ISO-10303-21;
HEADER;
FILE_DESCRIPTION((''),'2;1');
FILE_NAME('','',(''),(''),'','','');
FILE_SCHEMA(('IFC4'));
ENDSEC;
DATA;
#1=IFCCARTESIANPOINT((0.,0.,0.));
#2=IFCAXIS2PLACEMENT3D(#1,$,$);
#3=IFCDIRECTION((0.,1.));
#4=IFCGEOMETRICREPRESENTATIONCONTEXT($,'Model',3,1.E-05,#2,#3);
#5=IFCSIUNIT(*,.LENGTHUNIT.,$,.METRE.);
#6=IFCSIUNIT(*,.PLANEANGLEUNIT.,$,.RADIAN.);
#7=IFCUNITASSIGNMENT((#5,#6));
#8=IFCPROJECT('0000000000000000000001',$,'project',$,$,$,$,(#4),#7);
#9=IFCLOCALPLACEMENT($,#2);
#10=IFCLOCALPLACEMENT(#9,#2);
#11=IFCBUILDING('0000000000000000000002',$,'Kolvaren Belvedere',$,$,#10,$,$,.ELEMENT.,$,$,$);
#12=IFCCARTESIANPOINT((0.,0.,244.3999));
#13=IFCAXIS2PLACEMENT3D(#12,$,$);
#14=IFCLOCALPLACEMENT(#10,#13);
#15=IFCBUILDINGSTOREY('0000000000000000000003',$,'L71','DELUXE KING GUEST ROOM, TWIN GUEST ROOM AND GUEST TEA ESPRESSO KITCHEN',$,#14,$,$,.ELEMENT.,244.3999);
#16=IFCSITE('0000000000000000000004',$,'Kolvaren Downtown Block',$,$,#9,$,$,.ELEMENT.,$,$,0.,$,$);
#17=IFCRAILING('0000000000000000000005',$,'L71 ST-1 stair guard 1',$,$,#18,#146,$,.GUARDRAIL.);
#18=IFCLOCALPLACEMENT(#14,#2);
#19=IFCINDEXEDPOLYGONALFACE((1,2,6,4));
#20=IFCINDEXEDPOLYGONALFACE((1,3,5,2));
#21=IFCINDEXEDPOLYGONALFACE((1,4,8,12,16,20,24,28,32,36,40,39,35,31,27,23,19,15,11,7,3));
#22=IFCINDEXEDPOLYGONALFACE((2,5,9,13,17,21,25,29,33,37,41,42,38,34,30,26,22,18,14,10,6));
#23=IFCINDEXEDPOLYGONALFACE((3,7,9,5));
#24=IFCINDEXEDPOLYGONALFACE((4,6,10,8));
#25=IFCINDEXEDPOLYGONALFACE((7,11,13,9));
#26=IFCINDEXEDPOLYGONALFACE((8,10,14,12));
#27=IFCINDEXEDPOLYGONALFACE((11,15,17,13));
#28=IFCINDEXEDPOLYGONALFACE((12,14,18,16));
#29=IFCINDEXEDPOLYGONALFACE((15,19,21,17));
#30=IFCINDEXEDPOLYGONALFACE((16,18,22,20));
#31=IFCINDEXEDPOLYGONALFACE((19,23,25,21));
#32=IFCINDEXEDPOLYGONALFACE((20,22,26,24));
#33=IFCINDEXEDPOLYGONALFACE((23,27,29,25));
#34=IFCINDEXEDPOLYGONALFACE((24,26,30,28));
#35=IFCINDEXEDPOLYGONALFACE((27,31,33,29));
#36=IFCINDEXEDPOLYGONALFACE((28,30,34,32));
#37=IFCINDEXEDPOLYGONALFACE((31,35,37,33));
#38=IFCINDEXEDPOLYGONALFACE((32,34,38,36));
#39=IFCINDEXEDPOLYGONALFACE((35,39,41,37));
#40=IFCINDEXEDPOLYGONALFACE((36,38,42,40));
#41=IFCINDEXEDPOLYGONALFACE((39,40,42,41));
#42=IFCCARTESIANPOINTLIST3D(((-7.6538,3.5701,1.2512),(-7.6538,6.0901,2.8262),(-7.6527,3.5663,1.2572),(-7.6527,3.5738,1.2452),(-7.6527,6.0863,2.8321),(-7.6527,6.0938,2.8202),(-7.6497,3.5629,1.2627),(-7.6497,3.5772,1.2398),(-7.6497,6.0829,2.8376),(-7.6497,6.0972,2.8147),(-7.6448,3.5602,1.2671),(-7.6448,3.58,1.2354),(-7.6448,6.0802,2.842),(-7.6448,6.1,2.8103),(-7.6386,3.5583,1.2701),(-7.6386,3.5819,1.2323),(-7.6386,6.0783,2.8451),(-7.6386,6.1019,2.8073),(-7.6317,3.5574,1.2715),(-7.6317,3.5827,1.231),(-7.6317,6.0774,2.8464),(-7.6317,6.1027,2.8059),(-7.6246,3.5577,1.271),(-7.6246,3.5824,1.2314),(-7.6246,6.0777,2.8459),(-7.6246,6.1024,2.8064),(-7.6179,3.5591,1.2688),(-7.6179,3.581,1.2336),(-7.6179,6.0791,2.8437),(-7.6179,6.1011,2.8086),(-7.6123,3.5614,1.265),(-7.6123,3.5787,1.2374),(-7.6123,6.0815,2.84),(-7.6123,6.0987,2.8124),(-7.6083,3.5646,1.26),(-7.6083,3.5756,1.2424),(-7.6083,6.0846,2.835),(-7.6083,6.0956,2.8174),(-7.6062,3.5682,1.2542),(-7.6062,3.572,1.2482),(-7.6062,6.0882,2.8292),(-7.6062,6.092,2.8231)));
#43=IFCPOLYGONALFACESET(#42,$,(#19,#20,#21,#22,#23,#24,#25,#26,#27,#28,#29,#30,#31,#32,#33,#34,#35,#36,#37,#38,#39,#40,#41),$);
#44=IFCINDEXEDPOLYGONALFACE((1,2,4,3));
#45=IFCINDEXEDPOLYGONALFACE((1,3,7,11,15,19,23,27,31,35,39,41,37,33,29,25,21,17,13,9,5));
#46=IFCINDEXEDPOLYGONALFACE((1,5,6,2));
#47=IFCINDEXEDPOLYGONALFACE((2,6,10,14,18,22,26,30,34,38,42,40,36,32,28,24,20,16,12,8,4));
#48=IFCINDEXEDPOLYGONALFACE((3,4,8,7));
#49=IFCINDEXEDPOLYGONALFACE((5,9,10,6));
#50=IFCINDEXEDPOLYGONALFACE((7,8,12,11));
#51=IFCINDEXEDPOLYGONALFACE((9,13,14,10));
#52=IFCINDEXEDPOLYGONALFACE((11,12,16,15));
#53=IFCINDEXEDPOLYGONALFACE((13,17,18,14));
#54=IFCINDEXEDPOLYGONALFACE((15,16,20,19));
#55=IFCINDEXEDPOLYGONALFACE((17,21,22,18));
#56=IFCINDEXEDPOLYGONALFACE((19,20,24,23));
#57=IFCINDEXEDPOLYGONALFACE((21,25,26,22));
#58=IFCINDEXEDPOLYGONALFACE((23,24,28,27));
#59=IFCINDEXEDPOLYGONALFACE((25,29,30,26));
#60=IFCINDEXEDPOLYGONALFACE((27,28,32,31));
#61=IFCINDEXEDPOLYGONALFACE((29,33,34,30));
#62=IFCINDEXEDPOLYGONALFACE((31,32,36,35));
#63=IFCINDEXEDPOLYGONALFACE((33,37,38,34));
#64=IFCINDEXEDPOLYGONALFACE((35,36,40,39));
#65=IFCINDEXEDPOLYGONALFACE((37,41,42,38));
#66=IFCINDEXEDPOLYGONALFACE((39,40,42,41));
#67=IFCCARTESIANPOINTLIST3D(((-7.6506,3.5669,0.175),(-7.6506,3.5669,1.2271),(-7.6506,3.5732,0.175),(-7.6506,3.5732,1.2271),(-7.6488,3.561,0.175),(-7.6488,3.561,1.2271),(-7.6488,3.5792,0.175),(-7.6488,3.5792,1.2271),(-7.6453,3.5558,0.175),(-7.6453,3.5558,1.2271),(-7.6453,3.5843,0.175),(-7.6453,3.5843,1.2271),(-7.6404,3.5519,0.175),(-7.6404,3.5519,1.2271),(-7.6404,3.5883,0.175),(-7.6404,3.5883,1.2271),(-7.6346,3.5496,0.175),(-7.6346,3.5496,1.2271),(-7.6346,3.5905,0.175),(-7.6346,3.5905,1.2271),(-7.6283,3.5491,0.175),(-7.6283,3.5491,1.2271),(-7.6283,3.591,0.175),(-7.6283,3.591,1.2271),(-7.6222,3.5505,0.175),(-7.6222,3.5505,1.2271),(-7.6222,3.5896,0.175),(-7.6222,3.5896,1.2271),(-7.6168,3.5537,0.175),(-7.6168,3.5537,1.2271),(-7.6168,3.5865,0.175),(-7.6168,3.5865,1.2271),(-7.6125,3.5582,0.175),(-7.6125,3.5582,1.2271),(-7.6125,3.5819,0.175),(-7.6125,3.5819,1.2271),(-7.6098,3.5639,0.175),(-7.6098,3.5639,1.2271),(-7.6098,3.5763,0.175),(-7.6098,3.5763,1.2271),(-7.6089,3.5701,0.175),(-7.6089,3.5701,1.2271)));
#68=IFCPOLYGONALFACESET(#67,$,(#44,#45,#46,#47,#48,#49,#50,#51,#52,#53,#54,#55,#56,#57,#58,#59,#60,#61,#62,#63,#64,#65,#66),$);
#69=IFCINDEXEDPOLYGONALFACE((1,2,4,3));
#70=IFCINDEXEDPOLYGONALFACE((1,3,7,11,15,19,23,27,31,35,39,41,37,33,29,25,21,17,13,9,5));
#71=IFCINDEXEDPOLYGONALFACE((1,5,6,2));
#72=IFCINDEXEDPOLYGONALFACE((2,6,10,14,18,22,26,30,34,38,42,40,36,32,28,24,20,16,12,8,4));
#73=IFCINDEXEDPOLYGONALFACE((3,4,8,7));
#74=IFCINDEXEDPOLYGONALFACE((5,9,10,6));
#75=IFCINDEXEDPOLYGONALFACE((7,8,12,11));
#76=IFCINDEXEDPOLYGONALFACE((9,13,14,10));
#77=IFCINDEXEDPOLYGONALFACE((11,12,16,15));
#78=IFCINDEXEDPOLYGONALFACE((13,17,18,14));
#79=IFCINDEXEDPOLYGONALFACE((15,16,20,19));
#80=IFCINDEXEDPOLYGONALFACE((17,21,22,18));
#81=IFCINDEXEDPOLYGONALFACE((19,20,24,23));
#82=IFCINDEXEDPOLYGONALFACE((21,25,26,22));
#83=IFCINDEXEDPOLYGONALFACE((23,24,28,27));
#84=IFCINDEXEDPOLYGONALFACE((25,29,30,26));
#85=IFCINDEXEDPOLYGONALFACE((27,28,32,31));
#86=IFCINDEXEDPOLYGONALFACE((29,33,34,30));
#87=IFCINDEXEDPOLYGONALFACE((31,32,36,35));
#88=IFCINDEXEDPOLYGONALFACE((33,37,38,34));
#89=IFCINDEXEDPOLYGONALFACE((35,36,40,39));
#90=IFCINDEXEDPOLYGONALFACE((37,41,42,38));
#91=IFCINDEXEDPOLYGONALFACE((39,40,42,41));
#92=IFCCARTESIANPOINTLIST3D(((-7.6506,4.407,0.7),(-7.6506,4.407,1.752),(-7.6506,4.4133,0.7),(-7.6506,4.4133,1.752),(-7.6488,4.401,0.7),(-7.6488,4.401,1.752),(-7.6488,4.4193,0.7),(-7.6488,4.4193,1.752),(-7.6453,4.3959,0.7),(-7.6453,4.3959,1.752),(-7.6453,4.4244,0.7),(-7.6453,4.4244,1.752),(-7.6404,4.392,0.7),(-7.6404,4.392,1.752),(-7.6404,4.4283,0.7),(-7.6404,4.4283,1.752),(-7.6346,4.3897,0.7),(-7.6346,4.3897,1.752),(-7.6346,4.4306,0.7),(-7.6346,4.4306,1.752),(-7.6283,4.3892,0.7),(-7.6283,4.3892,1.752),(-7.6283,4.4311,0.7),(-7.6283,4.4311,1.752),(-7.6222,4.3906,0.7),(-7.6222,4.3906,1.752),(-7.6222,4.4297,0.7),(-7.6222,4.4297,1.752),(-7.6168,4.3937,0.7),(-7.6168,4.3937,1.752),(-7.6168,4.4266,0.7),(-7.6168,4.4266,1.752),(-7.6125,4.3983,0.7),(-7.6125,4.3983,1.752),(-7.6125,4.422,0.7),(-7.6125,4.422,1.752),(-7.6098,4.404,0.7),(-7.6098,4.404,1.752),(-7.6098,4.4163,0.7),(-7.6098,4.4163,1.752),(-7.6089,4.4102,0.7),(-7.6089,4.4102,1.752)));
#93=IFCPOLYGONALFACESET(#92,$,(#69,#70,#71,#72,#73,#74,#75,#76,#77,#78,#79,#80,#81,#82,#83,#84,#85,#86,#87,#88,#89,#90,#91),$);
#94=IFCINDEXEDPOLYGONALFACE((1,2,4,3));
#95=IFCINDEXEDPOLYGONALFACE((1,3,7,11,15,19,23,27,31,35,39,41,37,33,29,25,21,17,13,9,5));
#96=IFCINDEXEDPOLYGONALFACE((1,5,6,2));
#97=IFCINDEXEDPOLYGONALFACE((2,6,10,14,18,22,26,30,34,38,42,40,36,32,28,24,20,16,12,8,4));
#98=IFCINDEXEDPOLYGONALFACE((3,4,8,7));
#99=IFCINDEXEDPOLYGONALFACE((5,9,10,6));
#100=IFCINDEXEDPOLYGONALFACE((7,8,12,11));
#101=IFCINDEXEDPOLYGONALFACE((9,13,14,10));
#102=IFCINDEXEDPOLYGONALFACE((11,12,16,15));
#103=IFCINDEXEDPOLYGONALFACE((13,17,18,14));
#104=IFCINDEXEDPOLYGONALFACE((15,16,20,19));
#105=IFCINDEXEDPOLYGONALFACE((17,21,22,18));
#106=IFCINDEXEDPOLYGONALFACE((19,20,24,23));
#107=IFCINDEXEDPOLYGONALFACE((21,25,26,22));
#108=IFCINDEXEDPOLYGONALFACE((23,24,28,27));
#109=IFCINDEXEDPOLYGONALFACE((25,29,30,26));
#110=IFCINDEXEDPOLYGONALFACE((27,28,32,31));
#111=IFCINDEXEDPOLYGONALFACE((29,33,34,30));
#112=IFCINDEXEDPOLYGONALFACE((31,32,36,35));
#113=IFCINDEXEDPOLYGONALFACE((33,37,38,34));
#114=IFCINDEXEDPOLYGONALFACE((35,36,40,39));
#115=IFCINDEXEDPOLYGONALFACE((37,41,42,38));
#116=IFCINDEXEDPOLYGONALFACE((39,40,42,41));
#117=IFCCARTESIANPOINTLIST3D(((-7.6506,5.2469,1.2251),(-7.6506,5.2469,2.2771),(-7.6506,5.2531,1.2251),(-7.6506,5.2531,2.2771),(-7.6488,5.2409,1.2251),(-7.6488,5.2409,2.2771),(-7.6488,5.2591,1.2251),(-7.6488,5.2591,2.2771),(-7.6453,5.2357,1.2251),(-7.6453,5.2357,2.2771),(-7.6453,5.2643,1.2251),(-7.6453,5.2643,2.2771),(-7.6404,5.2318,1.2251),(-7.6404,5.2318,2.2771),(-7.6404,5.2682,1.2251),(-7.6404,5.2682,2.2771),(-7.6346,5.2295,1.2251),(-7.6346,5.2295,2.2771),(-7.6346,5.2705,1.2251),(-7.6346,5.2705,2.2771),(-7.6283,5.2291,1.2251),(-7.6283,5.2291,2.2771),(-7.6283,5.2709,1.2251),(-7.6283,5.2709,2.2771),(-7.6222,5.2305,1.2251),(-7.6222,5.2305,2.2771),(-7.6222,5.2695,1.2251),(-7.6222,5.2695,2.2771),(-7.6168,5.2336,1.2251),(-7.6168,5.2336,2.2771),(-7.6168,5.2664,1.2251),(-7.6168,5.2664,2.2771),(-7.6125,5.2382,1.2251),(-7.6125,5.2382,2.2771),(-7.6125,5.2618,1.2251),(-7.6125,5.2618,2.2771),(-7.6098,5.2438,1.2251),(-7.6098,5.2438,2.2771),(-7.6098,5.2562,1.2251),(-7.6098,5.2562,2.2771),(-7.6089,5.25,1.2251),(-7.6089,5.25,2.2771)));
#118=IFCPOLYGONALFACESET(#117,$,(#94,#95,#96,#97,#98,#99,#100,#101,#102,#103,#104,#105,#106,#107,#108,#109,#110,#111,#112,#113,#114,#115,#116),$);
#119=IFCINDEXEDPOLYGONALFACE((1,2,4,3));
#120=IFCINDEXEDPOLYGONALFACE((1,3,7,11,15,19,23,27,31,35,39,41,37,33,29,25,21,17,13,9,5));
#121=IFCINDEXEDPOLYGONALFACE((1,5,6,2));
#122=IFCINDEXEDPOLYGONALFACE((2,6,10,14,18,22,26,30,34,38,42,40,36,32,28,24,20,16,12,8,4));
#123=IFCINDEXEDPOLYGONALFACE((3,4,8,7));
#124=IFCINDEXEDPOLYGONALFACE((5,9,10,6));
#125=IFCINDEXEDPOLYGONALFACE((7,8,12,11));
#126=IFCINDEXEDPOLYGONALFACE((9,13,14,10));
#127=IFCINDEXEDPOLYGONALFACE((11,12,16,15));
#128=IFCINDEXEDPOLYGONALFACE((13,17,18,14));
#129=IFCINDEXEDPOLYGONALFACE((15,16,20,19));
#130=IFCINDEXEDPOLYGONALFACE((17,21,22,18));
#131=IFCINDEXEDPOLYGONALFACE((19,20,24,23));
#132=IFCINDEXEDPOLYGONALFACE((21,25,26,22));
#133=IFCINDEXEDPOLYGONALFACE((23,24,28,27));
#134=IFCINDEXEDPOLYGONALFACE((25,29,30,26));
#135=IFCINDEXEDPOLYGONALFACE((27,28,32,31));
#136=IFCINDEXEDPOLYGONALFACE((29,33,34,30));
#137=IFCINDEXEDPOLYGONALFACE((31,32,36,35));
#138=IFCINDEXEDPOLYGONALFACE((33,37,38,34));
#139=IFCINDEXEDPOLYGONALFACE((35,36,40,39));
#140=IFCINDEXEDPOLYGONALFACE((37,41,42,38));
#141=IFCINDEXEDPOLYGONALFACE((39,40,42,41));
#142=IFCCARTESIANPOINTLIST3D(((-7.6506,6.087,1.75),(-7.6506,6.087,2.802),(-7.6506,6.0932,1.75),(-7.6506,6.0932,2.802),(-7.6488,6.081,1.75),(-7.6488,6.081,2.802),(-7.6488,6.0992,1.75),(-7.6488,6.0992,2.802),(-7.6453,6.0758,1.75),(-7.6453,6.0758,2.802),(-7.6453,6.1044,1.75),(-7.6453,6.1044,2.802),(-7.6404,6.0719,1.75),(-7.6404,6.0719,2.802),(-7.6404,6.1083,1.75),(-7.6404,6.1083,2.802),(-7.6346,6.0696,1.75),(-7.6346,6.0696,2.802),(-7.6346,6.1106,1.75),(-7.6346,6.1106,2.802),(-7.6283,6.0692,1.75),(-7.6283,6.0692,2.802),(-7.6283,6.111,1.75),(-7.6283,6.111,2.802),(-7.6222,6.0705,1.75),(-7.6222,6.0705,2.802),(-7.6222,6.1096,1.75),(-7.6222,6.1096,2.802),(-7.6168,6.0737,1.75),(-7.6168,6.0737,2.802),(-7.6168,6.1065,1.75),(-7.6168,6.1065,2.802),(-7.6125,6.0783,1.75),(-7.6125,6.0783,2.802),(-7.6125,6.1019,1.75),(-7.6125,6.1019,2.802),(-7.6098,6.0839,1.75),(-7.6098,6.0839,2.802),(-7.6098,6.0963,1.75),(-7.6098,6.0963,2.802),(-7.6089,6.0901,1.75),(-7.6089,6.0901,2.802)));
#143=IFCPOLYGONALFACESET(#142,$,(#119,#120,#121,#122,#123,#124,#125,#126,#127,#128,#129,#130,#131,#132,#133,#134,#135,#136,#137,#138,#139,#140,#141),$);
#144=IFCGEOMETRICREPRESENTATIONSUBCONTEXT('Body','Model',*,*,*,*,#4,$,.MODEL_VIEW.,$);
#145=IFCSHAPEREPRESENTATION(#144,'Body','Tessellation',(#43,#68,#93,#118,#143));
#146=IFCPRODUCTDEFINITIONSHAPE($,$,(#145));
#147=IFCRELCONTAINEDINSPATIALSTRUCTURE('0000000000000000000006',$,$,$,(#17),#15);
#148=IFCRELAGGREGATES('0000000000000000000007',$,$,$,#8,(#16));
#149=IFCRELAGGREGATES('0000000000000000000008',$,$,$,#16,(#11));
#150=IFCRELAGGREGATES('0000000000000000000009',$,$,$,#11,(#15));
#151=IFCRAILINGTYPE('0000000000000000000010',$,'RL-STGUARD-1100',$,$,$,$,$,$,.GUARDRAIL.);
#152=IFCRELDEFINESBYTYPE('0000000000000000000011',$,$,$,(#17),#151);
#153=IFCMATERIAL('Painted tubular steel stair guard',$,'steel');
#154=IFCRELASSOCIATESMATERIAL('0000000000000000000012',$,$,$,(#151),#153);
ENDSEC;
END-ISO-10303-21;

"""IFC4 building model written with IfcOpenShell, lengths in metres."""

from ifc_helpers import new_model, si_unit, direction, frame, origin, origin_2d, place, context, subcontext, project, spatial, circle, extrude, material, type_object, element, save


model = new_model("IFC4")

# Units and contexts
model_context = context("Model", 3, precision=1e-05, world=origin(), true_north=direction((0.0, 1.0)))
body_context = subcontext(model_context, "Body", "Model", "MODEL_VIEW")
ifc_project = project(units=[si_unit("LENGTHUNIT", "METRE"), si_unit("PLANEANGLEUNIT", "RADIAN")], contexts=[model_context])

# Site, building, storey
site_placement = place(None, origin())
site = spatial("IfcSite", under=ifc_project, at=site_placement, Name="Kolvaren Downtown Block", CompositionType="ELEMENT", RefElevation=0.0)
building_placement = place(site_placement, origin())
building = spatial("IfcBuilding", under=site, at=building_placement, Name="Kolvaren Belvedere", CompositionType="ELEMENT")
storey_placement = place(building_placement, frame((0.0, 0.0, 244.3999)))
storey = spatial("IfcBuildingStorey", under=building, at=storey_placement, Name="L71", Description="DELUXE KING GUEST ROOM, TWIN GUEST ROOM AND GUEST TEA ESPRESSO KITCHEN", CompositionType="ELEMENT", Elevation=244.3999)

# Railing
ifc_material_1 = material(Name="Painted tubular steel stair guard", Category="steel")
railing_type_1 = type_object("IfcRailingType", Name="RL-STGUARD-1100", PredefinedType="GUARDRAIL", material=ifc_material_1)
railing_1_placement = place(storey_placement, frame((-7.6299, 3.5701, 0.175)))
element("IfcRailing", 1, at=railing_1_placement, inside=storey, type_object=railing_type_1, Name="L71 ST-1 stair guard 1", PredefinedType="GUARDRAIL", context=body_context, shape_type="SweptSolid", body=[
    extrude(circle(Radius=0.0239, at=origin_2d()), frame((0.0, 0.0, 1.0762), z_axis=(0.0, 0.848008, 0.529984), x_axis=(-1.0, 0.0, 0.0)), (0.0, 0.0, 1.0), 2.9717),
    extrude(circle(Radius=0.021, at=origin_2d()), origin(), (0.0, 0.0, 1.0), 1.052),
    extrude(circle(Radius=0.021, at=origin_2d()), frame((0.0, 0.8401, 0.5249)), (0.0, 0.0, 1.0), 1.052),
    extrude(circle(Radius=0.021, at=origin_2d()), frame((0.0, 1.6799, 1.05)), (0.0, 0.0, 1.0), 1.052),
    extrude(circle(Radius=0.021, at=origin_2d()), frame((0.0, 2.52, 1.575)), (0.0, 0.0, 1.0), 1.052),
])

save(model, "model.ifc")
